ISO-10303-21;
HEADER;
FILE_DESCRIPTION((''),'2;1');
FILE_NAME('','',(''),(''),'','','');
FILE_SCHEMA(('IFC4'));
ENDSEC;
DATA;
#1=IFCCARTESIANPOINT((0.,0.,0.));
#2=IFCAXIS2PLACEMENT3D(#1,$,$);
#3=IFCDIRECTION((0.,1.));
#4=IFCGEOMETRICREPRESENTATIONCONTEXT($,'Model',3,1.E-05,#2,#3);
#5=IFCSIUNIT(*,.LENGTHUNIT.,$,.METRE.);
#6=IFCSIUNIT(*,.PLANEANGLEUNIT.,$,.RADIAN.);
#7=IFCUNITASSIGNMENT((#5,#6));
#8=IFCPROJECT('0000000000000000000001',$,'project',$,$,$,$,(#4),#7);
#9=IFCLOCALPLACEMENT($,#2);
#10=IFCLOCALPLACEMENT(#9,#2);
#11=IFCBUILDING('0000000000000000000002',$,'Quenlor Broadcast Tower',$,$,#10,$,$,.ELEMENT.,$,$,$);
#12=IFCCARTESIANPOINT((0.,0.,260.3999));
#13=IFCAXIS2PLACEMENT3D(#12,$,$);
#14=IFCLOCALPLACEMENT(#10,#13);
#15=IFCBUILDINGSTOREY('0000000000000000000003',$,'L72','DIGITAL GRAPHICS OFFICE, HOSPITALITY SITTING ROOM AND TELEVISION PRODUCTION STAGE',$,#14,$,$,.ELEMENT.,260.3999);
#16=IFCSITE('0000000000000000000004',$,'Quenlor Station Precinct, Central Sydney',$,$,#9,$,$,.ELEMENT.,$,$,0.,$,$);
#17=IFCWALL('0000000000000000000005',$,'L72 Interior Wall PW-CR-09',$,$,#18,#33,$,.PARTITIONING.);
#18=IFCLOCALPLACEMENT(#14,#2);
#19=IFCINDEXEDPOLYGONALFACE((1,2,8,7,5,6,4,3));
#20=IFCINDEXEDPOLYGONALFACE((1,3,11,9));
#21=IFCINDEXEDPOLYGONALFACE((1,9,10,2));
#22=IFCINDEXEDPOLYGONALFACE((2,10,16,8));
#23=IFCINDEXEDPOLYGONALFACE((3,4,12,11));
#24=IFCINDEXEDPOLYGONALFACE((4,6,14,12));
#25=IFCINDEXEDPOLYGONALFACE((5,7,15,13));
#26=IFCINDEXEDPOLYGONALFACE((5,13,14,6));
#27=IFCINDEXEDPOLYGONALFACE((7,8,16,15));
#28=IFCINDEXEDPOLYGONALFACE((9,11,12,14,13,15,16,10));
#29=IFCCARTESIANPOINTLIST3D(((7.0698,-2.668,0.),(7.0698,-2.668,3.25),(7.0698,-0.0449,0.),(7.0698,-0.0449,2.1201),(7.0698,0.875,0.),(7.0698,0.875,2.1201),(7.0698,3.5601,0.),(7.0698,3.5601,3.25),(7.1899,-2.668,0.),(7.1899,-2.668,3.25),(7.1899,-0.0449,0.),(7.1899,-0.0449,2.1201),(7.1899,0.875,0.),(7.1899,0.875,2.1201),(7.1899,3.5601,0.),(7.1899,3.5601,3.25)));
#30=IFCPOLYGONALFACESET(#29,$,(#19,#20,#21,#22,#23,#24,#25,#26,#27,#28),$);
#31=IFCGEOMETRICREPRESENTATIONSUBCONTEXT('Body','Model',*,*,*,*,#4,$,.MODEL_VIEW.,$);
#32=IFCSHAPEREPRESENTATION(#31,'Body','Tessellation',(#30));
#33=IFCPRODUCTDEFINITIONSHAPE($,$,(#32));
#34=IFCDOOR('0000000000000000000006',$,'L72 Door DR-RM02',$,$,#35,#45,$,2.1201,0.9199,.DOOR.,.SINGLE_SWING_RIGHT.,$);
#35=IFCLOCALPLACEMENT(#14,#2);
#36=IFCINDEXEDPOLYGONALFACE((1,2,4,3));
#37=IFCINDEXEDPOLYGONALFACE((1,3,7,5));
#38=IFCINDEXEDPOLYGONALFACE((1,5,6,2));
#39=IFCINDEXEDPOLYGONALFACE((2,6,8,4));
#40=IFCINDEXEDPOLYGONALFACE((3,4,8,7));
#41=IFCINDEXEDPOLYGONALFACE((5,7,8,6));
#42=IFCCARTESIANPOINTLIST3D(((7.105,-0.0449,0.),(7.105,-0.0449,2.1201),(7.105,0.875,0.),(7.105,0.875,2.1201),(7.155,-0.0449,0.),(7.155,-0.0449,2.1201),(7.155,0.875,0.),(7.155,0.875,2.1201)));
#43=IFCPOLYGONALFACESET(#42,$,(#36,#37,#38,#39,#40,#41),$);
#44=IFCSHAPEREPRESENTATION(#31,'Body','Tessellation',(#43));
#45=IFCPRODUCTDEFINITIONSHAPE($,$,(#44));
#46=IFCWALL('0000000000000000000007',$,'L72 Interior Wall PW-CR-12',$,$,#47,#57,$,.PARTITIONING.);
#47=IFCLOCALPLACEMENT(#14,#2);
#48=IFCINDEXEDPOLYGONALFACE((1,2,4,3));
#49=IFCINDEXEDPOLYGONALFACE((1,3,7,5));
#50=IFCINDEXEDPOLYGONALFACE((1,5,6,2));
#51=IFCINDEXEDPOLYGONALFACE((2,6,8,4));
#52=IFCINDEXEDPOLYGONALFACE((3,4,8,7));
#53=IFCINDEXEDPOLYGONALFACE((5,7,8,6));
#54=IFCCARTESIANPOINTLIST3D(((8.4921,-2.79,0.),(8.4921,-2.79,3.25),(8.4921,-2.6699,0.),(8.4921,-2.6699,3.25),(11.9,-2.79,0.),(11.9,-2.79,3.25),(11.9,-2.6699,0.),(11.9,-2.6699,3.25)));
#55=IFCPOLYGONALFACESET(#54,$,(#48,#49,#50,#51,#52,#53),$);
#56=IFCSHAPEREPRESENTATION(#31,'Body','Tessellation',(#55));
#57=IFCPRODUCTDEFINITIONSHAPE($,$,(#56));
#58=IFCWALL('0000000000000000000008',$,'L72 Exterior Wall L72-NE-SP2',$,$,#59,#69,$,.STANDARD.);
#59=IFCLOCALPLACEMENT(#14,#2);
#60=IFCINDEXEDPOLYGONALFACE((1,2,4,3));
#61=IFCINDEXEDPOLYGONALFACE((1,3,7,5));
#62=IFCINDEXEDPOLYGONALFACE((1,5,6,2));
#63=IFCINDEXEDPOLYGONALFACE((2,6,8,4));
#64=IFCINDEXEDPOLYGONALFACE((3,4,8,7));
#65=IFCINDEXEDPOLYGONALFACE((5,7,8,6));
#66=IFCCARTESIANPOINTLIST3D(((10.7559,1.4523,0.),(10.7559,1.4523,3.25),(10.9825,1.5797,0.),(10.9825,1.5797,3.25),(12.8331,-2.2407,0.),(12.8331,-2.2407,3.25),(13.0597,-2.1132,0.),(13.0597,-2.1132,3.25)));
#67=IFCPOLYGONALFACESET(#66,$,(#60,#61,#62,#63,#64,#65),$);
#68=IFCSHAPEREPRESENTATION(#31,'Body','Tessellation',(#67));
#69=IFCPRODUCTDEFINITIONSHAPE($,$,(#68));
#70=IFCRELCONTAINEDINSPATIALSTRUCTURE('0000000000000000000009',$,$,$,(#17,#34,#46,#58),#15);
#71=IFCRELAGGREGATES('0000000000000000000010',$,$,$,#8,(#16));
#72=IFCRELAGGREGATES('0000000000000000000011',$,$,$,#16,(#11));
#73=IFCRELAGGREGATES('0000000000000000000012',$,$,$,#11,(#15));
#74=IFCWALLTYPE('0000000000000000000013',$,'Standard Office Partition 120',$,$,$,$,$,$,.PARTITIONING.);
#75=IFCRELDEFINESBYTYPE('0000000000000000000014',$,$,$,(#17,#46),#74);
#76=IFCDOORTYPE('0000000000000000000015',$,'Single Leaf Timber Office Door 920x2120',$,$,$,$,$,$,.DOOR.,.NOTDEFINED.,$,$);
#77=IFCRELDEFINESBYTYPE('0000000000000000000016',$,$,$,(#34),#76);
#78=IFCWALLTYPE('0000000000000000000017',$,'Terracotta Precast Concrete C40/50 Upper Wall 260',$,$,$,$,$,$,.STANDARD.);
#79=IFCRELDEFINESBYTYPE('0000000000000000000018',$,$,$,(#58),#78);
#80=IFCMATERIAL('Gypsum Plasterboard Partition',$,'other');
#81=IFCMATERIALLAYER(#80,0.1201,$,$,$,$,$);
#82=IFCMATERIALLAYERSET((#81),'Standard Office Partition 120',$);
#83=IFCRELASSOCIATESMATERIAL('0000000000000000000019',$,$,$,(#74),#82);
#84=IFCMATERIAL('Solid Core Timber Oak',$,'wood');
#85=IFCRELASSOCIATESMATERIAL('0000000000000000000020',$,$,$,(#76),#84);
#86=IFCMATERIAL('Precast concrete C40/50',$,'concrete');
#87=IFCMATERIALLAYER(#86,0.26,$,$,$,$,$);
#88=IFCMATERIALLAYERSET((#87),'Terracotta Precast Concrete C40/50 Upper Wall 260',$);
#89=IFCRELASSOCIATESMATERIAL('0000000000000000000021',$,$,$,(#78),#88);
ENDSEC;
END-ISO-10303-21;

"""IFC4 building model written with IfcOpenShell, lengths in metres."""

from ifc_helpers import new_model, si_unit, direction, frame, frame_2d, origin, place, context, subcontext, project, spatial, rectangle, extrude, material, layer, layer_set, type_object, element, fill, save


model = new_model("IFC4")

# Units and contexts
model_context = context("Model", 3, precision=1e-05, world=origin(), true_north=direction((0.0, 1.0)))
body_context = subcontext(model_context, "Body", "Model", "MODEL_VIEW")
ifc_project = project(units=[si_unit("LENGTHUNIT", "METRE"), si_unit("PLANEANGLEUNIT", "RADIAN")], contexts=[model_context])

# Site, building, storey
site_placement = place(None, origin())
site = spatial("IfcSite", under=ifc_project, at=site_placement, Name="Quenlor Station Precinct, Central Sydney", CompositionType="ELEMENT", RefElevation=0.0)
building_placement = place(site_placement, origin())
building = spatial("IfcBuilding", under=site, at=building_placement, Name="Quenlor Broadcast Tower", CompositionType="ELEMENT")
storey_placement = place(building_placement, frame((0.0, 0.0, 260.3999)))
storey = spatial("IfcBuildingStorey", under=building, at=storey_placement, Name="L72", Description="DIGITAL GRAPHICS OFFICE, HOSPITALITY SITTING ROOM AND TELEVISION PRODUCTION STAGE", CompositionType="ELEMENT", Elevation=260.3999)

# Shared definitions
ifc_material_1 = material(Name="Gypsum Plasterboard Partition", Category="other")
ifc_layer_1 = layer(ifc_material_1, 0.1201)
ifc_layer_set_1 = layer_set([ifc_layer_1], Name="Standard Office Partition 120")
wall_type_1 = type_object("IfcWallType", Name="Standard Office Partition 120", PredefinedType="PARTITIONING", material=ifc_layer_set_1)

# Wall, opening, door
wall_1_placement = place(storey_placement, frame((7.1299, -2.668, 0.0), z_axis=(0.0, 0.0, 1.0), x_axis=(0.0, 1.0, 0.0)))
wall_1 = element("IfcWall", 1, at=wall_1_placement, inside=storey, type_object=wall_type_1, Name="L72 Interior Wall PW-CR-09", PredefinedType="PARTITIONING", context=body_context, shape_type="SweptSolid", body=[
    extrude(rectangle(XDim=6.228, YDim=0.1201, at=frame_2d((3.114, 0.0))), origin(), (0.0, 0.0, 1.0), 3.25),
])
opening_placement = place(wall_1_placement, frame((2.623, 0.0, 0.0)))
opening = element("IfcOpeningElement", 2, at=opening_placement, cuts=wall_1, PredefinedType="OPENING", context=body_context, shape_type="SweptSolid", body=[
    extrude(rectangle(XDim=0.9199, YDim=2.1201, at=frame_2d((0.46, 1.0601))), frame((0.0, 0.0701, 0.0), z_axis=(0.0, -1.0, 0.0), x_axis=(1.0, 0.0, 0.0)), (0.0, 0.0, 1.0), 0.1401),
])
ifc_material_2 = material(Name="Solid Core Timber Oak", Category="wood")
door_type = type_object("IfcDoorType", Name="Single Leaf Timber Office Door 920x2120", OperationType="NOTDEFINED", PredefinedType="DOOR", material=ifc_material_2)
door_placement = place(opening_placement, origin())
door = element("IfcDoor", 3, at=door_placement, inside=storey, type_object=door_type, Name="L72 Door DR-RM02", OperationType="SINGLE_SWING_RIGHT", OverallHeight=2.1201, OverallWidth=0.9199, PredefinedType="DOOR", context=body_context, shape_type="SweptSolid", body=[
    extrude(rectangle(XDim=0.9199, YDim=2.1201, at=frame_2d((0.46, 1.0601))), frame((0.0, 0.0249, 0.0), z_axis=(0.0, -1.0, 0.0), x_axis=(1.0, 0.0, 0.0)), (0.0, 0.0, 1.0), 0.05),
])
fill(opening, door)

# Walls
wall_2_placement = place(storey_placement, frame((8.4919, -2.73, 0.0), z_axis=(0.0, 0.0, 1.0), x_axis=(1.0, 0.0, 0.0)))
element("IfcWall", 4, at=wall_2_placement, inside=storey, type_object=wall_type_1, Name="L72 Interior Wall PW-CR-12", PredefinedType="PARTITIONING", context=body_context, shape_type="SweptSolid", body=[
    extrude(rectangle(XDim=3.408, YDim=0.1201, at=frame_2d((1.7041, 0.0))), origin(), (0.0, 0.0, 1.0), 3.25),
])
ifc_material_3 = material(Name="Precast concrete C40/50", Category="concrete")
ifc_layer_2 = layer(ifc_material_3, 0.26)
ifc_layer_set_2 = layer_set([ifc_layer_2], Name="Terracotta Precast Concrete C40/50 Upper Wall 260")
wall_type_2 = type_object("IfcWallType", Name="Terracotta Precast Concrete C40/50 Upper Wall 260", PredefinedType="STANDARD", material=ifc_layer_set_2)
wall_3_placement = place(storey_placement, frame((10.8691, 1.5161, 0.0), z_axis=(0.0, 0.0, 1.0), x_axis=(0.490245, -0.871585, 0.0)))
element("IfcWall", 5, at=wall_3_placement, inside=storey, type_object=wall_type_2, Name="L72 Exterior Wall L72-NE-SP2", PredefinedType="STANDARD", context=body_context, shape_type="SweptSolid", body=[
    extrude(rectangle(XDim=4.2371, YDim=0.26, at=frame_2d((2.1187, 0.0))), origin(), (0.0, 0.0, 1.0), 3.25),
])

save(model, "model.ifc")
